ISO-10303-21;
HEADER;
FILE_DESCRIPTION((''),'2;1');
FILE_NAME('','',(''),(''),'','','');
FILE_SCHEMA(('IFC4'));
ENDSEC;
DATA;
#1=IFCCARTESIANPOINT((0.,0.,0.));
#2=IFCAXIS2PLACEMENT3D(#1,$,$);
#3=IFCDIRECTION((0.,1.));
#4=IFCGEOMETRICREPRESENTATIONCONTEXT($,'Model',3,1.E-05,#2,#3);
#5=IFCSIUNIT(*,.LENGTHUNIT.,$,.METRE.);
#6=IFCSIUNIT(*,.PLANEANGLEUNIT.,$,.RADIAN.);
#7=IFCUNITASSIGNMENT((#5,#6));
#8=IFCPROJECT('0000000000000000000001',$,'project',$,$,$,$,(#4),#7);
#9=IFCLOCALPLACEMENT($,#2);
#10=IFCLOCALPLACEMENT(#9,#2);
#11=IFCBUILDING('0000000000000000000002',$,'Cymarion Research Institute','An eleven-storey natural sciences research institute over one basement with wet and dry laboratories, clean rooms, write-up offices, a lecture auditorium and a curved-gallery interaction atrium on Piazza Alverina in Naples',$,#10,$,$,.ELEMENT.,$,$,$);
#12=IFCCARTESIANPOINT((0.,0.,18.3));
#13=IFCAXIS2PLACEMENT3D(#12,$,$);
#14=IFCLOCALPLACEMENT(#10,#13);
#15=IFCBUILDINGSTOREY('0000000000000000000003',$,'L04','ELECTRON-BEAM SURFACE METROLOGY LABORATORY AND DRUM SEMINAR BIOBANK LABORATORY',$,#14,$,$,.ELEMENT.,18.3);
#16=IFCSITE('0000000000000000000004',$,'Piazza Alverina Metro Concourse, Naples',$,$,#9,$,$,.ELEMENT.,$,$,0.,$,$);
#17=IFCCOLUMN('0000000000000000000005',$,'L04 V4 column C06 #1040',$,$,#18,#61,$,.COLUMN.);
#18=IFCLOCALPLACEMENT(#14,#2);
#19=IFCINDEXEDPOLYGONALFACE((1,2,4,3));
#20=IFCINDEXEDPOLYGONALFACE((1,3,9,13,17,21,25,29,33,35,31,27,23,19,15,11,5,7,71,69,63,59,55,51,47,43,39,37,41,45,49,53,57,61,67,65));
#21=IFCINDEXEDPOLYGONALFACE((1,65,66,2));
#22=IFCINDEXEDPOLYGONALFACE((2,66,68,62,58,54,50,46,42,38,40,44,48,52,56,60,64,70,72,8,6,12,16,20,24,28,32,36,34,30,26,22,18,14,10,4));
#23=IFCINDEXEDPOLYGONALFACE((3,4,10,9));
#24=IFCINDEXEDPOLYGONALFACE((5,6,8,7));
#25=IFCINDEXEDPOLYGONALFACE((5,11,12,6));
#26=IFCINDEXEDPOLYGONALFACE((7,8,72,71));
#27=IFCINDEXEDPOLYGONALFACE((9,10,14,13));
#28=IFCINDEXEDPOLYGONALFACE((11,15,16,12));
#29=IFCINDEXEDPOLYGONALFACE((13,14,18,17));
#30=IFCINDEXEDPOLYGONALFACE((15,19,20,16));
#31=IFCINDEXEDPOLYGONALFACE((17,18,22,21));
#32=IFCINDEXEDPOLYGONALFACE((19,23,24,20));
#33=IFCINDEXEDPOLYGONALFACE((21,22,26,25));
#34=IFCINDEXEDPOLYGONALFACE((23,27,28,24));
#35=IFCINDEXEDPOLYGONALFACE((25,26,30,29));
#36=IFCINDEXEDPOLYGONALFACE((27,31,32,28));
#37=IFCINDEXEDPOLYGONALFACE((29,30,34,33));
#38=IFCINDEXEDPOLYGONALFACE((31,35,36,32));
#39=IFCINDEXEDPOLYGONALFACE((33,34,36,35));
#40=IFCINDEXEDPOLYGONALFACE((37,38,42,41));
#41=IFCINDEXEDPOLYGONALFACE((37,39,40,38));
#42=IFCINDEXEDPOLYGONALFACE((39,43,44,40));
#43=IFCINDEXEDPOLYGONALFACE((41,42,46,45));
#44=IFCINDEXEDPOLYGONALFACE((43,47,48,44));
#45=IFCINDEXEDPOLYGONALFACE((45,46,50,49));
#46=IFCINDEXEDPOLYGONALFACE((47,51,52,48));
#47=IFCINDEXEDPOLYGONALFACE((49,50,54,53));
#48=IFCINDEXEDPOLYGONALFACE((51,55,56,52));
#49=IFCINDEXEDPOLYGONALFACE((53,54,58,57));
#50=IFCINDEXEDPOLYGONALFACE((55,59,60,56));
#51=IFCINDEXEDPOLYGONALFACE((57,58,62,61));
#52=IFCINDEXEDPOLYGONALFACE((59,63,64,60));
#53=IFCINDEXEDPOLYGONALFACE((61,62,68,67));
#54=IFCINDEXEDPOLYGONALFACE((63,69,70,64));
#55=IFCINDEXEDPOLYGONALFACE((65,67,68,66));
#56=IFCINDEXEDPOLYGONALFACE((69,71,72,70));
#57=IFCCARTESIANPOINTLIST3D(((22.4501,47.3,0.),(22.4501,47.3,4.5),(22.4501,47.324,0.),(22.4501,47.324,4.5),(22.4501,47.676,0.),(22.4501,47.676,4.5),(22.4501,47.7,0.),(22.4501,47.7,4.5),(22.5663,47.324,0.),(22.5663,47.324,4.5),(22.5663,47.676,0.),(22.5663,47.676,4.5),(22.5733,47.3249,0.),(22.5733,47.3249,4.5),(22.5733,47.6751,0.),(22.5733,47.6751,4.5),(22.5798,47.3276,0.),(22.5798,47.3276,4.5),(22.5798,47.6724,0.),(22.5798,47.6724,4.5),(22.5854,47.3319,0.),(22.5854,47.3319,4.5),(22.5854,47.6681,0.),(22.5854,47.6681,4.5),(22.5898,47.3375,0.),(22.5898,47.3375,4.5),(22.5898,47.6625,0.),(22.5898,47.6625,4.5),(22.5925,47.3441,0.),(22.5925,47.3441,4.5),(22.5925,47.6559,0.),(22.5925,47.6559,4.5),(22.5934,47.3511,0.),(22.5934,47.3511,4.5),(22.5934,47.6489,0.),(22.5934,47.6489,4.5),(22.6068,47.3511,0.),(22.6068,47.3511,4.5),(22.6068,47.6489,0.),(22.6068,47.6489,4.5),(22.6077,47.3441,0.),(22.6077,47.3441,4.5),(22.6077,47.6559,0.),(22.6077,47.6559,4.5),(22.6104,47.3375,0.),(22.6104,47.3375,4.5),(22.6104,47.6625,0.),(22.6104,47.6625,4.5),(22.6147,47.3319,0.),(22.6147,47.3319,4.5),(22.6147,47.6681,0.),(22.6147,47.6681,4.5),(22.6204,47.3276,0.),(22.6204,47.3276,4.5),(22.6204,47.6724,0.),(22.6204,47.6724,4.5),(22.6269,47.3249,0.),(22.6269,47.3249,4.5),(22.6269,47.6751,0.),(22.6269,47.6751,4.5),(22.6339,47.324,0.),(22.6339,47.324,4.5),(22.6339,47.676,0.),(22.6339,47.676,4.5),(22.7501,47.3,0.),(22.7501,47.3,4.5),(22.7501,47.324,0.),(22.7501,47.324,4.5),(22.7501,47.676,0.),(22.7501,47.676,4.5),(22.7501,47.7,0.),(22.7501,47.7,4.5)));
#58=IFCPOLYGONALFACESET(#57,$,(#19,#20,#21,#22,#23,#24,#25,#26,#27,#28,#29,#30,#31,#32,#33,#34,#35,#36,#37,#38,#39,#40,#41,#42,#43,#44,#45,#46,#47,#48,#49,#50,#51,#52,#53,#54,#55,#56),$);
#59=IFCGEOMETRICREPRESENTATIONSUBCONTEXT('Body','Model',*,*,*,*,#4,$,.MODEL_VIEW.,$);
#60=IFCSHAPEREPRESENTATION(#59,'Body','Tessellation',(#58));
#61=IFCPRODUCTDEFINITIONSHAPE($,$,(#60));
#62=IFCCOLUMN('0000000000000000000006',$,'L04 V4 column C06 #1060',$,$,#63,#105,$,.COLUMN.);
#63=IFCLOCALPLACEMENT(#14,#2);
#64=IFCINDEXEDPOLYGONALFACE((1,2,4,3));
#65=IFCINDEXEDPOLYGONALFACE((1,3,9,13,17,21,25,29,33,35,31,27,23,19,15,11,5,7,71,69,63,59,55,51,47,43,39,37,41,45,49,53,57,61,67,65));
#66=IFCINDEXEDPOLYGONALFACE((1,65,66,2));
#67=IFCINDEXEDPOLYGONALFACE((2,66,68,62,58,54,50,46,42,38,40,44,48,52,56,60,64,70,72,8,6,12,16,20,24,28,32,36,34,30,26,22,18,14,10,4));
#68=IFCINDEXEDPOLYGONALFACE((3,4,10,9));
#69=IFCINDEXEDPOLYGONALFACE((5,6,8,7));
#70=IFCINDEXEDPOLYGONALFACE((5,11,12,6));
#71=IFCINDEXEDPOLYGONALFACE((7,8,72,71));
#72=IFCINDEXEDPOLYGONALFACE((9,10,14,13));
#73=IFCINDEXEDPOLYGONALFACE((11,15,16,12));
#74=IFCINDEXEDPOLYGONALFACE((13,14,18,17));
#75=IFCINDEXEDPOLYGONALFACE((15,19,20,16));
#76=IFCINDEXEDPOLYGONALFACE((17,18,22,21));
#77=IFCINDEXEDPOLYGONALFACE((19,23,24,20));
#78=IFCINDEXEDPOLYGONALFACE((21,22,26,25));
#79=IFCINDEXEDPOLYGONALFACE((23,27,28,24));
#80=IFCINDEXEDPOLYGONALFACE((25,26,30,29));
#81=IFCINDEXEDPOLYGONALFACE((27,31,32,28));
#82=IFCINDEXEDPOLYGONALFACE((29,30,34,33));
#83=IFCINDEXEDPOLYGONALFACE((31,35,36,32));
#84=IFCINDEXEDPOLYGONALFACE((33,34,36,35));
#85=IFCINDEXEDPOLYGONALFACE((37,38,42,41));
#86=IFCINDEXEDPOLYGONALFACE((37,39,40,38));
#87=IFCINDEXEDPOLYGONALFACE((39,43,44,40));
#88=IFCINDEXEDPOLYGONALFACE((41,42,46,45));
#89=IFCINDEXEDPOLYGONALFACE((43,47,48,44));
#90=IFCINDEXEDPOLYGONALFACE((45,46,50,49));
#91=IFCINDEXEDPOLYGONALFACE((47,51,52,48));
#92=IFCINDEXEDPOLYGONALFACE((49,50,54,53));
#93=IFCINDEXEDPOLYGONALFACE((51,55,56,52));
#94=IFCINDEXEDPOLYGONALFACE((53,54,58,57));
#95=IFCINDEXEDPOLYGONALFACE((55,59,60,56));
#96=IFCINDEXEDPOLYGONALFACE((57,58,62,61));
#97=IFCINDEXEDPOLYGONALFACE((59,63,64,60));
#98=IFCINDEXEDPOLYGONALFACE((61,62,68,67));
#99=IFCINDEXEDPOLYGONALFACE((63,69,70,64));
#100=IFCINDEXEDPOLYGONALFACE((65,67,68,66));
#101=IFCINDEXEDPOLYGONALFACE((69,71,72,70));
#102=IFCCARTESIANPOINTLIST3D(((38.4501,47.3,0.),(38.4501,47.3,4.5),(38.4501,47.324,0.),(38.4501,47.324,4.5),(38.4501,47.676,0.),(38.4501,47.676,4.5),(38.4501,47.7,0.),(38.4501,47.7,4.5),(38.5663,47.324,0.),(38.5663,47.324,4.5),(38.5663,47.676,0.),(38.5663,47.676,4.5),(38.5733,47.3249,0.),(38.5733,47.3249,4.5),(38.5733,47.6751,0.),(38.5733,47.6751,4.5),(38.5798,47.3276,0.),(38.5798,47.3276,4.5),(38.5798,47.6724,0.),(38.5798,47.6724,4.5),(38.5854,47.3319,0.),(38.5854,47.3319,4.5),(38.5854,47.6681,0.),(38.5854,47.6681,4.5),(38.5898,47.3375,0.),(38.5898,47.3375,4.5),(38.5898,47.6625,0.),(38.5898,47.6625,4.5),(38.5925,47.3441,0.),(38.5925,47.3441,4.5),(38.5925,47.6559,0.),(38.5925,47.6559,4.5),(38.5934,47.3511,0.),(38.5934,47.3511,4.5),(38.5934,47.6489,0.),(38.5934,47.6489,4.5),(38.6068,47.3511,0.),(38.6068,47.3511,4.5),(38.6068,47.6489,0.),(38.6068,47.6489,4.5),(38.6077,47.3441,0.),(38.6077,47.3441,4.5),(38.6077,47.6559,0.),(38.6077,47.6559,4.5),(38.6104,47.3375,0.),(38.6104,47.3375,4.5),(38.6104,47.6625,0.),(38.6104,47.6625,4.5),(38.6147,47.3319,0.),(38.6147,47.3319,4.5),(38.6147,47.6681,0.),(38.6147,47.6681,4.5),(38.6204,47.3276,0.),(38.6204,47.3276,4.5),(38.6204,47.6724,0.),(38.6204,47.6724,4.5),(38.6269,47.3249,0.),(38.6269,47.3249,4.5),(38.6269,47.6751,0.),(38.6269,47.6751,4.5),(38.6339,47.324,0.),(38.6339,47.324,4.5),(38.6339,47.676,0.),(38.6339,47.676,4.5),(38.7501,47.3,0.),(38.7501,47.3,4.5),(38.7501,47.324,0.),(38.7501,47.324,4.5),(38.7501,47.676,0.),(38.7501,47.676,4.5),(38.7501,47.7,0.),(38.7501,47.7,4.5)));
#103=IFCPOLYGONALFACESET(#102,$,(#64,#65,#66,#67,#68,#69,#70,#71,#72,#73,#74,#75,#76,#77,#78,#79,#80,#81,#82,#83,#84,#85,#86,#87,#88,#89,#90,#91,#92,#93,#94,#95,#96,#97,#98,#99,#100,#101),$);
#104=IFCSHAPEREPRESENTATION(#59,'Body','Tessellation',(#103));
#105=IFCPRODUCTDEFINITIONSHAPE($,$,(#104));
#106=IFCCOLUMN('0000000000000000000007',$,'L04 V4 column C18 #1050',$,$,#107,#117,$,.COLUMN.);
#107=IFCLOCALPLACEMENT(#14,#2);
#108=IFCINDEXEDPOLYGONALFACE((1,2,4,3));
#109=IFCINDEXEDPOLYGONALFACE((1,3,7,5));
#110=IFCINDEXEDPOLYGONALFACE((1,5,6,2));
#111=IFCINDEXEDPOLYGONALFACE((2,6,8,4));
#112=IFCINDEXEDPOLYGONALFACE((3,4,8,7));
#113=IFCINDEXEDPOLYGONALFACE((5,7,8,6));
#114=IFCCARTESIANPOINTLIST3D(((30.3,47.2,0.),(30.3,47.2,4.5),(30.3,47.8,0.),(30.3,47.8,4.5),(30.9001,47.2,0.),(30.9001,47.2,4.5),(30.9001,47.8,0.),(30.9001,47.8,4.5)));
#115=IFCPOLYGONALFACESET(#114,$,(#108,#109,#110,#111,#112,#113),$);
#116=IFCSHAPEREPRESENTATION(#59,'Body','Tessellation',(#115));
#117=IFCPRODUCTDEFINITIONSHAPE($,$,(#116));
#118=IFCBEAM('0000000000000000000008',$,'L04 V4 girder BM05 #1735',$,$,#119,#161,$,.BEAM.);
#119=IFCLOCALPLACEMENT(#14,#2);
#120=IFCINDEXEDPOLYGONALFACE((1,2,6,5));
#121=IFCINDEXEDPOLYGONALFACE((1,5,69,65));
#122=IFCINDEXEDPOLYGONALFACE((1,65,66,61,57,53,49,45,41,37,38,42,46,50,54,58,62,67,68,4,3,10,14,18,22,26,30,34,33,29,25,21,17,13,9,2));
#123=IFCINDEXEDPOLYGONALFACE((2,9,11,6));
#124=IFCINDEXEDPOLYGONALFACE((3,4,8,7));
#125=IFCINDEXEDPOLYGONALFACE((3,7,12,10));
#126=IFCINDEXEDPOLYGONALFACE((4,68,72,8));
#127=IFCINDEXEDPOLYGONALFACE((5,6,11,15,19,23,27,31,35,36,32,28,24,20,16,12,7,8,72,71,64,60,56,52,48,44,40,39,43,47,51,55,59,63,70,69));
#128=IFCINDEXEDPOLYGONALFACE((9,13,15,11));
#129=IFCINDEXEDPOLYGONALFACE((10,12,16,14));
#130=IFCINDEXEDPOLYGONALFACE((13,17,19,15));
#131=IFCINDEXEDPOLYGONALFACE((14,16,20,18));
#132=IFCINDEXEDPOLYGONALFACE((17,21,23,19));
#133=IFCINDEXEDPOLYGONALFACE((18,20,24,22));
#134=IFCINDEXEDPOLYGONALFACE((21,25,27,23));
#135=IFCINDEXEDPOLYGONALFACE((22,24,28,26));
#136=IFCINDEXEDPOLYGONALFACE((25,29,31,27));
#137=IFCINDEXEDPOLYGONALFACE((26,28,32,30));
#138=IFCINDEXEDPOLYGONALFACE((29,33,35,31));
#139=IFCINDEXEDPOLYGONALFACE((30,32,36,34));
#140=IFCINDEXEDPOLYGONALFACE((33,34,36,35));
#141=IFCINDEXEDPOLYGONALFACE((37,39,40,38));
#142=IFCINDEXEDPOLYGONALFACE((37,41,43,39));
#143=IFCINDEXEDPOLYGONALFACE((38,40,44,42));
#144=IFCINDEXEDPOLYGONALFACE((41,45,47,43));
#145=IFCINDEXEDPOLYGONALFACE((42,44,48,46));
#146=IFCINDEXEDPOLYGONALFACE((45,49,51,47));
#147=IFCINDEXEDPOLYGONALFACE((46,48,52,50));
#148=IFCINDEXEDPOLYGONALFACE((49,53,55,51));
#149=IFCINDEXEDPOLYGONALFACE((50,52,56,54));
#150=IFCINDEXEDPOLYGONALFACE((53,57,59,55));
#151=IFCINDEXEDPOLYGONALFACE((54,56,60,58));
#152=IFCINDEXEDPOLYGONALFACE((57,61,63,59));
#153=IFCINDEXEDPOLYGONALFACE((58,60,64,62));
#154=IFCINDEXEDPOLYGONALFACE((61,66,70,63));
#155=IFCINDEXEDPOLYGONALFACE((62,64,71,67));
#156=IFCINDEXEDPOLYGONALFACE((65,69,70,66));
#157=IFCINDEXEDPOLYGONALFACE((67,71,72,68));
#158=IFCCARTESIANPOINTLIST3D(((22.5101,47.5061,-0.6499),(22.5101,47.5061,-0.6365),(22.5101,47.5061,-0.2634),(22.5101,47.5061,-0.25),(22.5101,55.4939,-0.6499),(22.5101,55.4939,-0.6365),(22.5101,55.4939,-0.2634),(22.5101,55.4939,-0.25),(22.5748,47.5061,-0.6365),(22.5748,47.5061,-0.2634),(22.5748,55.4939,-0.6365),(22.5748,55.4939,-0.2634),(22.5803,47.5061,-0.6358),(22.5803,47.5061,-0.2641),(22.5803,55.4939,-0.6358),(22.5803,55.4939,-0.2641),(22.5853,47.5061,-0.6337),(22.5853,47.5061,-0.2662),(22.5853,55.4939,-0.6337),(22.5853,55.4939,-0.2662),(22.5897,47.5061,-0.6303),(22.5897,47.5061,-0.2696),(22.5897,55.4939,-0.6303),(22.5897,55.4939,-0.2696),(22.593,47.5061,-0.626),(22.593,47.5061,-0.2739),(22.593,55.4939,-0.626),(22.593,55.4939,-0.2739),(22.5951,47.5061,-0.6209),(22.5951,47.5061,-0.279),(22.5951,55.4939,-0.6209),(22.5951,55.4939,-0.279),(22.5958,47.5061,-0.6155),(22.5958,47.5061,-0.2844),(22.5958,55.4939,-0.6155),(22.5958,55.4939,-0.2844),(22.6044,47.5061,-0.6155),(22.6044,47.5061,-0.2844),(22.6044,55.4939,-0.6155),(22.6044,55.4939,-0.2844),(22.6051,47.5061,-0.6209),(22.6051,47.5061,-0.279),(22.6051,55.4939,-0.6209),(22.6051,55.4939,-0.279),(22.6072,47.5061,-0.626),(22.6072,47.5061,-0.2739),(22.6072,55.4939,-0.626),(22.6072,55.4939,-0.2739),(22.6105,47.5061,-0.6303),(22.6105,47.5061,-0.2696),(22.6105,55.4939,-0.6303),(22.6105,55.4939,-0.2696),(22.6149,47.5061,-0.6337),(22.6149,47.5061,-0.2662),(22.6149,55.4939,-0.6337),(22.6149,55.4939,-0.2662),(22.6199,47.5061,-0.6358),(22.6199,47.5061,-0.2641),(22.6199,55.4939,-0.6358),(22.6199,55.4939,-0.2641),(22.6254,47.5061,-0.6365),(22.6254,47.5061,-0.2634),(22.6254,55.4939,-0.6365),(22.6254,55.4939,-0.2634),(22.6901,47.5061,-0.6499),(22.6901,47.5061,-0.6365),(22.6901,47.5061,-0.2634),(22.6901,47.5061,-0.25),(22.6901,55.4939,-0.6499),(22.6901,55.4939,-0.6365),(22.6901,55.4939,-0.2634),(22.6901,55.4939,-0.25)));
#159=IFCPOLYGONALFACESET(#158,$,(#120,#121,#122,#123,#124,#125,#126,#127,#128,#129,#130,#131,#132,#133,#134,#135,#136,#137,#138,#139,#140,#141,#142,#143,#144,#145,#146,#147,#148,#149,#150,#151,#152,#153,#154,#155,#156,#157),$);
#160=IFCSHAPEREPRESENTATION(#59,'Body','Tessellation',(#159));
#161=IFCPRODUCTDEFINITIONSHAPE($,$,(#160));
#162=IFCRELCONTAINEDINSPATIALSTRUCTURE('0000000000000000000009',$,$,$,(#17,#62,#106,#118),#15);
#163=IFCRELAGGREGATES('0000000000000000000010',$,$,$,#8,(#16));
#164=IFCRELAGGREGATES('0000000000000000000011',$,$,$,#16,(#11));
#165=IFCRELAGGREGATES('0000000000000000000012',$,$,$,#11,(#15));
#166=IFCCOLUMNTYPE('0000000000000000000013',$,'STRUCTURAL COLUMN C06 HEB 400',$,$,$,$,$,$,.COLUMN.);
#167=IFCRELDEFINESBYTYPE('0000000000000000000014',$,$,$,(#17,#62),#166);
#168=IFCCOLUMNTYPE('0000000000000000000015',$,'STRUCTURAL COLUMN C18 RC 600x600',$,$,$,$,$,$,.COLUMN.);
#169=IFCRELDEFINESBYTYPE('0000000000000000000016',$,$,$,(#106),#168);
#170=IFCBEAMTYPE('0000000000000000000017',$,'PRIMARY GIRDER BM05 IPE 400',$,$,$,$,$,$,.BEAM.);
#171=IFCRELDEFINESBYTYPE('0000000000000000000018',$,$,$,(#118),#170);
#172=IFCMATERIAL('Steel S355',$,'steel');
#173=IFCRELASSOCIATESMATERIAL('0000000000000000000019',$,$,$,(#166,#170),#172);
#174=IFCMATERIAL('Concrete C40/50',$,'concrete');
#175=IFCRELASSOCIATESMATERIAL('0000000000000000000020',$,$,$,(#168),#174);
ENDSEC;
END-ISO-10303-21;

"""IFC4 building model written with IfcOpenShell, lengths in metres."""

from ifc_helpers import new_model, si_unit, direction, frame, origin, origin_2d, place, context, subcontext, project, spatial, rectangle, i_section, extrude, material, material_profile, profile_set, type_object, element, save


model = new_model("IFC4")

# Units and contexts
model_context = context("Model", 3, precision=1e-05, world=origin(), true_north=direction((0.0, 1.0)))
body_context = subcontext(model_context, "Body", "Model", "MODEL_VIEW")
ifc_project = project(units=[si_unit("LENGTHUNIT", "METRE"), si_unit("PLANEANGLEUNIT", "RADIAN")], contexts=[model_context])

# Site, building, storey
site_placement = place(None, origin())
site = spatial("IfcSite", under=ifc_project, at=site_placement, Name="Piazza Alverina Metro Concourse, Naples", CompositionType="ELEMENT", RefElevation=0.0)
building_placement = place(site_placement, origin())
building = spatial("IfcBuilding", under=site, at=building_placement, Name="Cymarion Research Institute", Description="An eleven-storey natural sciences research institute over one basement with wet and dry laboratories, clean rooms, write-up offices, a lecture auditorium and a curved-gallery interaction atrium on Piazza Alverina in Naples", CompositionType="ELEMENT")
storey_placement = place(building_placement, frame((0.0, 0.0, 18.3)))
storey = spatial("IfcBuildingStorey", under=building, at=storey_placement, Name="L04", Description="ELECTRON-BEAM SURFACE METROLOGY LABORATORY AND DRUM SEMINAR BIOBANK LABORATORY", CompositionType="ELEMENT", Elevation=18.3)

# Columns
ifc_material_1 = material(Name="Steel S355", Category="steel")
ifc_material_profile_1 = material_profile(ifc_material_1, i_section(OverallWidth=0.3, OverallDepth=0.3999, WebThickness=0.0134, FlangeThickness=0.0239, FilletRadius=0.0271, at=origin_2d()), Name="HEB 400")
ifc_profile_set_1 = profile_set([ifc_material_profile_1], Name="Steel S355")
column_type_1 = type_object("IfcColumnType", Name="STRUCTURAL COLUMN C06 HEB 400", PredefinedType="COLUMN", material=ifc_profile_set_1)
for number, where, z_axis, x_axis, name in (
    (1, (22.6001, 47.5, 0.0), (0.0, 0.0, 1.0), (1.0, 0.0, 0.0), "L04 V4 column C06 #1040"),
    (2, (38.6001, 47.5, 0.0), (0.0, 0.0, 1.0), (1.0, 0.0, 0.0), "L04 V4 column C06 #1060"),
):
    element("IfcColumn", number, at=place(storey_placement, frame(where, z_axis=z_axis, x_axis=x_axis)), inside=storey, type_object=column_type_1, Name=name, PredefinedType="COLUMN", context=body_context, shape_type="SweptSolid", body=[
        extrude(i_section(OverallWidth=0.3, OverallDepth=0.3999, WebThickness=0.0134, FlangeThickness=0.0239, FilletRadius=0.0271, at=origin_2d()), origin(), (0.0, 0.0, 1.0), 4.5),
    ])
ifc_material_2 = material(Name="Concrete C40/50", Category="concrete")
ifc_material_profile_2 = material_profile(ifc_material_2, rectangle(XDim=0.6001, YDim=0.6001, at=origin_2d()), Name="RC 600x600")
ifc_profile_set_2 = profile_set([ifc_material_profile_2], Name="Concrete C40/50")
column_type_2 = type_object("IfcColumnType", Name="STRUCTURAL COLUMN C18 RC 600x600", PredefinedType="COLUMN", material=ifc_profile_set_2)
column_placement = place(storey_placement, frame((30.6001, 47.5, 0.0), z_axis=(0.0, 0.0, 1.0), x_axis=(1.0, 0.0, 0.0)))
element("IfcColumn", 3, at=column_placement, inside=storey, type_object=column_type_2, Name="L04 V4 column C18 #1050", PredefinedType="COLUMN", context=body_context, shape_type="SweptSolid", body=[
    extrude(rectangle(XDim=0.6001, YDim=0.6001, at=origin_2d()), origin(), (0.0, 0.0, 1.0), 4.5),
])

# Beam
ifc_material_profile_3 = material_profile(ifc_material_1, i_section(OverallWidth=0.1799, OverallDepth=0.3999, WebThickness=0.0085, FlangeThickness=0.0134, FilletRadius=0.021, at=origin_2d()), Name="IPE 400")
ifc_profile_set_3 = profile_set([ifc_material_profile_3], Name="Steel S355")
beam_type_1 = type_object("IfcBeamType", Name="PRIMARY GIRDER BM05 IPE 400", PredefinedType="BEAM", material=ifc_profile_set_3)
for number, where, z_axis, x_axis, name in (
    (4, (22.6001, 47.5061, -0.45), (0.0, 1.0, 0.0), (-1.0, 0.0, 0.0), "L04 V4 girder BM05 #1735"),
):
    element("IfcBeam", number, at=place(storey_placement, frame(where, z_axis=z_axis, x_axis=x_axis)), inside=storey, type_object=beam_type_1, Name=name, PredefinedType="BEAM", context=body_context, shape_type="SweptSolid", body=[
        extrude(i_section(OverallWidth=0.1799, OverallDepth=0.3999, WebThickness=0.0085, FlangeThickness=0.0134, FilletRadius=0.021, at=origin_2d()), origin(), (0.0, 0.0, 1.0), 7.9878),
    ])

save(model, "model.ifc")
